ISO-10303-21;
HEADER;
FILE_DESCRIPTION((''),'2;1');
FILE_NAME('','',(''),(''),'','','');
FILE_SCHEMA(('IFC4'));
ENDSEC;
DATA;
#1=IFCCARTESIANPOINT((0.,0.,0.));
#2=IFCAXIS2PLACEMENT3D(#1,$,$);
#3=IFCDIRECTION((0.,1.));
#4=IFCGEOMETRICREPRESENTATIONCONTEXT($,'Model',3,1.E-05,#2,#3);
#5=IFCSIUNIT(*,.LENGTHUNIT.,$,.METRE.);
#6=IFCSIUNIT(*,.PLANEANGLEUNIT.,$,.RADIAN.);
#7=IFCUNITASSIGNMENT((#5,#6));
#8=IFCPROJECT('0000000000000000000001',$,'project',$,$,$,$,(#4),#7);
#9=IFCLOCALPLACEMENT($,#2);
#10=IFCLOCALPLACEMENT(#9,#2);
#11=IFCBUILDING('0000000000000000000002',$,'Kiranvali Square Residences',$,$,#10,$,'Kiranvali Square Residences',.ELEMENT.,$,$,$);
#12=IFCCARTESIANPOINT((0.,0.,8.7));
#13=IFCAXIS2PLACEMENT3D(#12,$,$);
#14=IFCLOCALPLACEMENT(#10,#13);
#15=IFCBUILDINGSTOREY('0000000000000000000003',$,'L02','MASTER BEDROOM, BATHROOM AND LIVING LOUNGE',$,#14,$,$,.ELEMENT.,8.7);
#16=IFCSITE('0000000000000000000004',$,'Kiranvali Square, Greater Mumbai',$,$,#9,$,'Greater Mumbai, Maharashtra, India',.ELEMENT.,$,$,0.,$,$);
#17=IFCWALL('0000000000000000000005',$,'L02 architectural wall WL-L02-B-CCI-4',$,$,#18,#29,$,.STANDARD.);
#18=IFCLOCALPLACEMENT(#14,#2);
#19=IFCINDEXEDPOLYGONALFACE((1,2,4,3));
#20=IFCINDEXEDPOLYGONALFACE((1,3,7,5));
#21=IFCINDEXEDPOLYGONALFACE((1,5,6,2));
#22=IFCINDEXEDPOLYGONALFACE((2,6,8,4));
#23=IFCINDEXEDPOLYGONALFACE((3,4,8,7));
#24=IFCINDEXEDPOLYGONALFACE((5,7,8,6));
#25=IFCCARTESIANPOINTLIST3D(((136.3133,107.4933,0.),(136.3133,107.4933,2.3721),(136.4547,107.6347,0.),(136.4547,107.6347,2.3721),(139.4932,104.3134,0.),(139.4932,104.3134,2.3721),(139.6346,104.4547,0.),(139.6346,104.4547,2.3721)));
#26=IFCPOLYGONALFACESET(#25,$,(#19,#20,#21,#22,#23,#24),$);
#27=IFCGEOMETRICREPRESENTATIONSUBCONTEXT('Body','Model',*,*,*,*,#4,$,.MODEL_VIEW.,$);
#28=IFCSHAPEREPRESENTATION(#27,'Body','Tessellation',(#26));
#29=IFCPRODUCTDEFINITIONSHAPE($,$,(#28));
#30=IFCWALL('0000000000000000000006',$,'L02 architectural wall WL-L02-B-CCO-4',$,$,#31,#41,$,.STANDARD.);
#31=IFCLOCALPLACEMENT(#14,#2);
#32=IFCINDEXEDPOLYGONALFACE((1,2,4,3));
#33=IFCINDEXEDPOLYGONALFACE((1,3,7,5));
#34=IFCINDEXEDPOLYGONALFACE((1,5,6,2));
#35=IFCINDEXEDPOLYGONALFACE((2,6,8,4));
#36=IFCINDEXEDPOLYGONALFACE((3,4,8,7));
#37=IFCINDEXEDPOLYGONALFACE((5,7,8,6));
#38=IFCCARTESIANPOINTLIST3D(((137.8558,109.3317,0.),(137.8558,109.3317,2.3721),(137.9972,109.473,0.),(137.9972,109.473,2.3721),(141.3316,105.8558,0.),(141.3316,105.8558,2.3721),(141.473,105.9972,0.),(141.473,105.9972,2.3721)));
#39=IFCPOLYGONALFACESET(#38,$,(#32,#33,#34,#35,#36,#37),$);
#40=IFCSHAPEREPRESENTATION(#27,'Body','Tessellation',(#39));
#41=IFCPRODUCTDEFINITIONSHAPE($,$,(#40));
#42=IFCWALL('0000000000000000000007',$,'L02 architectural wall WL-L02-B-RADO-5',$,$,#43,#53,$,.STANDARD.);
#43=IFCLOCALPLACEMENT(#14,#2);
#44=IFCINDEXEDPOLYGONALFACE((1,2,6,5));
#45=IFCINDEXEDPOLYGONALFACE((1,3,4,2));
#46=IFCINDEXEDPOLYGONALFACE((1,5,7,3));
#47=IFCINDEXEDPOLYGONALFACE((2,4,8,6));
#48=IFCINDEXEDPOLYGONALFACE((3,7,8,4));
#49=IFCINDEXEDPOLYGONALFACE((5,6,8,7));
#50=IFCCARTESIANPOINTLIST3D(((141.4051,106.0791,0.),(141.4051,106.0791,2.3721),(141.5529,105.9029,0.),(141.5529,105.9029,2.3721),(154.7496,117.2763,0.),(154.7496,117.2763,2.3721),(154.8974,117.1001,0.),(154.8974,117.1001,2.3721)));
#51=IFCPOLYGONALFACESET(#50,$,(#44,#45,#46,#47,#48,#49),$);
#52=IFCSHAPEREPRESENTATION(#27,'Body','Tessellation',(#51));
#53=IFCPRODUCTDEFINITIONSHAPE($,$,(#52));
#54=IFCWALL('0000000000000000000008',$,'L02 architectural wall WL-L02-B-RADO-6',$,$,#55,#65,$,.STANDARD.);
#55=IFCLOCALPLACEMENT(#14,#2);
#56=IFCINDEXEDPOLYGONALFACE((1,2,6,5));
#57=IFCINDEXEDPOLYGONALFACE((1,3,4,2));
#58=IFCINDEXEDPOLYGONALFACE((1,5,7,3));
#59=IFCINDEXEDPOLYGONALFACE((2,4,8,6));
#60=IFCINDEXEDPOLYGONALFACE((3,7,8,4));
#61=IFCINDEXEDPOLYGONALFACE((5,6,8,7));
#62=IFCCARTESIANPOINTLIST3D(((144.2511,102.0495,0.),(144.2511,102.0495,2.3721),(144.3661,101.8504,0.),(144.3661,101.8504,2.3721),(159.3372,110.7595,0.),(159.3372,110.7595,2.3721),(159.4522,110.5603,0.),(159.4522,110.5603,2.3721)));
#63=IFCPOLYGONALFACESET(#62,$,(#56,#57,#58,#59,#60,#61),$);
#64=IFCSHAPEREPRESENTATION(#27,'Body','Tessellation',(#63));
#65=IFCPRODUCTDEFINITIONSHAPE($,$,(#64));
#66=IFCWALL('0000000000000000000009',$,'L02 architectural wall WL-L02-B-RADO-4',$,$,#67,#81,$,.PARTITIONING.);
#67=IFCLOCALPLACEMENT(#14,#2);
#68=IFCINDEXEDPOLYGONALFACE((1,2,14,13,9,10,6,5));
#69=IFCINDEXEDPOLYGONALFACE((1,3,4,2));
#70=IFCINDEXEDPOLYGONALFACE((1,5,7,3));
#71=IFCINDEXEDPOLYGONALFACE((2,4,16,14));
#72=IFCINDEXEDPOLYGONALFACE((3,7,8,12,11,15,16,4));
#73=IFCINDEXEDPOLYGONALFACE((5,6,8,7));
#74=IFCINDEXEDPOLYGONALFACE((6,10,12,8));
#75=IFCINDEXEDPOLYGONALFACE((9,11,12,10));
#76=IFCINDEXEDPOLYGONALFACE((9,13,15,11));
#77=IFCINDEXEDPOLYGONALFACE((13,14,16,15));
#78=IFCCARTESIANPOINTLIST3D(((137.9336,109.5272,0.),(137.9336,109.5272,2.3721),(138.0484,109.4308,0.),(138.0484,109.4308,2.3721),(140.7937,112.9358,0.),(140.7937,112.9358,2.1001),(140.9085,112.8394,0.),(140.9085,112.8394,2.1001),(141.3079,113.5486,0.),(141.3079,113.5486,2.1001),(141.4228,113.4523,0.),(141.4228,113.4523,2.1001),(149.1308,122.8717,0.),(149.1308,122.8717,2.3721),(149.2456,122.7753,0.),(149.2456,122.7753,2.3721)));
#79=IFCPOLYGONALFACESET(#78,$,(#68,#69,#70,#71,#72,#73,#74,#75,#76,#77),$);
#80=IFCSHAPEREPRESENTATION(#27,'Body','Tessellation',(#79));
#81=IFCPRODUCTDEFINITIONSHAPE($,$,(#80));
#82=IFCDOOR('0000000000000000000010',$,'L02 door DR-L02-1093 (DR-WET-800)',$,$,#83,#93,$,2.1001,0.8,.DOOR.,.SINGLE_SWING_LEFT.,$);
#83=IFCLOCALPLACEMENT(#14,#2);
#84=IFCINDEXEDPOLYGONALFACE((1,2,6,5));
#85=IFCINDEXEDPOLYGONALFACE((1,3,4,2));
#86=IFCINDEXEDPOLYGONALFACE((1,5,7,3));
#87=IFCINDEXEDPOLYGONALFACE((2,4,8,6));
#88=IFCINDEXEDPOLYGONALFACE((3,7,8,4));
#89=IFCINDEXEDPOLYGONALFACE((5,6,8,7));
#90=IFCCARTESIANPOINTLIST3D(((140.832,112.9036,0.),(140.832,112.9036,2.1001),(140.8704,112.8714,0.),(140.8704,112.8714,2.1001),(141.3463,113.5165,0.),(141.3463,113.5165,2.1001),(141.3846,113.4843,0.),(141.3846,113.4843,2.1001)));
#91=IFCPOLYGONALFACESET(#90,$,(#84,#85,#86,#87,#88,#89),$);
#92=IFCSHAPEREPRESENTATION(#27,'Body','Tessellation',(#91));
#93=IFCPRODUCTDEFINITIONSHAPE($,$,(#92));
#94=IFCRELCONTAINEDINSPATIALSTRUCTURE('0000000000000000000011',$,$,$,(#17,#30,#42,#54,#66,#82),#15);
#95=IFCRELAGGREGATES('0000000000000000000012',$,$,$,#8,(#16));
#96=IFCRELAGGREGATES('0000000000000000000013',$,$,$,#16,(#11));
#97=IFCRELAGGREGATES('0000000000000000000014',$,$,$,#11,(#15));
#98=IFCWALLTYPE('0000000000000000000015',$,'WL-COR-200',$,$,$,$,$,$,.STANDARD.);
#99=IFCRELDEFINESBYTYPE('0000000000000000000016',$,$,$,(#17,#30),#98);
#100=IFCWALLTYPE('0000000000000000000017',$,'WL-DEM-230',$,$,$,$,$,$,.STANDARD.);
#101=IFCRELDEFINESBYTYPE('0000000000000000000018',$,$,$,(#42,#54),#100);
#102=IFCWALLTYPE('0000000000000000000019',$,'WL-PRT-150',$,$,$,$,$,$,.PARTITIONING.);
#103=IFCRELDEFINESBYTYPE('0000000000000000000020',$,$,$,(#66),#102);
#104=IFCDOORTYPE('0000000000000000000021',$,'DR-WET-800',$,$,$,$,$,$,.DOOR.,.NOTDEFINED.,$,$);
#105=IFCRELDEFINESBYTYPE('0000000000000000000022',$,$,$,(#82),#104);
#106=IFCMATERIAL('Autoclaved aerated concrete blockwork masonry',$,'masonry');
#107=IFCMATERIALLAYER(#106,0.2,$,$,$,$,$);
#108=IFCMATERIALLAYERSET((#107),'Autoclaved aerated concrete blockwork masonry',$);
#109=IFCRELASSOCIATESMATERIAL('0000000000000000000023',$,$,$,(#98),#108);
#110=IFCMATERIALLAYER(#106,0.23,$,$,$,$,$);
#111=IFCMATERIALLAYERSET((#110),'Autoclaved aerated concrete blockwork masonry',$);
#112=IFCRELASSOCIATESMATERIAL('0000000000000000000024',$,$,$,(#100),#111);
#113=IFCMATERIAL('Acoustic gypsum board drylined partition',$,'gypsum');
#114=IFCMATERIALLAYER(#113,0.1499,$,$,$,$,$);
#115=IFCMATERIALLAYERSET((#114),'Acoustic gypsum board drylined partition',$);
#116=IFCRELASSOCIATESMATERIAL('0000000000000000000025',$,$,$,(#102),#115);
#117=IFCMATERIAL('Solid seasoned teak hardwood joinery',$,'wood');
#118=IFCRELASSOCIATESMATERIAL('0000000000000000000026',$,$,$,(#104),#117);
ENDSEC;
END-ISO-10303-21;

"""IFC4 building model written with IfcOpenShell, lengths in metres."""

from ifc_helpers import new_model, si_unit, direction, frame, frame_2d, origin, place, context, subcontext, project, spatial, rectangle, extrude, material, layer, layer_set, type_object, element, fill, save


model = new_model("IFC4")

# Units and contexts
model_context = context("Model", 3, precision=1e-05, world=origin(), true_north=direction((0.0, 1.0)))
body_context = subcontext(model_context, "Body", "Model", "MODEL_VIEW")
ifc_project = project(units=[si_unit("LENGTHUNIT", "METRE"), si_unit("PLANEANGLEUNIT", "RADIAN")], contexts=[model_context])

# Site, building, storey
site_placement = place(None, origin())
site = spatial("IfcSite", under=ifc_project, at=site_placement, Name="Kiranvali Square, Greater Mumbai", LongName="Greater Mumbai, Maharashtra, India", CompositionType="ELEMENT", RefElevation=0.0)
building_placement = place(site_placement, origin())
building = spatial("IfcBuilding", under=site, at=building_placement, Name="Kiranvali Square Residences", LongName="Kiranvali Square Residences", CompositionType="ELEMENT")
storey_placement = place(building_placement, frame((0.0, 0.0, 8.7)))
storey = spatial("IfcBuildingStorey", under=building, at=storey_placement, Name="L02", Description="MASTER BEDROOM, BATHROOM AND LIVING LOUNGE", CompositionType="ELEMENT", Elevation=8.7)

# Walls
ifc_material_1 = material(Name="Autoclaved aerated concrete blockwork masonry", Category="masonry")
ifc_layer_1 = layer(ifc_material_1, 0.2)
ifc_layer_set_1 = layer_set([ifc_layer_1], Name="Autoclaved aerated concrete blockwork masonry")
wall_type_1 = type_object("IfcWallType", Name="WL-COR-200", PredefinedType="STANDARD", material=ifc_layer_set_1)
wall_1_placement = place(storey_placement, frame((136.384, 107.564, 0.0), z_axis=(0.0, 0.0, 1.0), x_axis=(0.707107, -0.707107, 0.0)))
element("IfcWall", 1, at=wall_1_placement, inside=storey, type_object=wall_type_1, Name="L02 architectural wall WL-L02-B-CCI-4", PredefinedType="STANDARD", context=body_context, shape_type="SweptSolid", body=[
    extrude(rectangle(XDim=4.4971, YDim=0.2, at=frame_2d((2.2485, 0.0))), origin(), (0.0, 0.0, 1.0), 2.3721),
])
wall_2_placement = place(storey_placement, frame((137.9265, 109.4023, 0.0), z_axis=(0.0, 0.0, 1.0), x_axis=(0.707107, -0.707107, 0.0)))
element("IfcWall", 2, at=wall_2_placement, inside=storey, type_object=wall_type_1, Name="L02 architectural wall WL-L02-B-CCO-4", PredefinedType="STANDARD", context=body_context, shape_type="SweptSolid", body=[
    extrude(rectangle(XDim=4.9155, YDim=0.2, at=frame_2d((2.4578, 0.0))), origin(), (0.0, 0.0, 1.0), 2.3721),
])

# Walls
ifc_layer_2 = layer(ifc_material_1, 0.23)
ifc_layer_set_2 = layer_set([ifc_layer_2], Name="Autoclaved aerated concrete blockwork masonry")
wall_type_2 = type_object("IfcWallType", Name="WL-DEM-230", PredefinedType="STANDARD", material=ifc_layer_set_2)
for number, where, z_axis, x_axis, name in (
    (3, (141.479, 105.991, 0.0), (0.0, 0.0, 1.0), (0.766047, 0.642785, 0.0), "L02 architectural wall WL-L02-B-RADO-5"),
    (4, (144.3086, 101.95, 0.0), (0.0, 0.0, 1.0), (0.866027, 0.499998, 0.0), "L02 architectural wall WL-L02-B-RADO-6"),
):
    element("IfcWall", number, at=place(storey_placement, frame(where, z_axis=z_axis, x_axis=x_axis)), inside=storey, type_object=wall_type_2, Name=name, PredefinedType="STANDARD", context=body_context, shape_type="SweptSolid", body=[
        extrude(rectangle(XDim=17.4199, YDim=0.23, at=frame_2d((8.71, 0.0))), origin(), (0.0, 0.0, 1.0), 2.3721),
    ])

# Wall, opening, door
ifc_material_2 = material(Name="Acoustic gypsum board drylined partition", Category="gypsum")
ifc_layer_3 = layer(ifc_material_2, 0.1499)
ifc_layer_set_3 = layer_set([ifc_layer_3], Name="Acoustic gypsum board drylined partition")
wall_type_3 = type_object("IfcWallType", Name="WL-PRT-150", PredefinedType="PARTITIONING", material=ifc_layer_set_3)
wall_3_placement = place(storey_placement, frame((137.991, 109.479, 0.0), z_axis=(0.0, 0.0, 1.0), x_axis=(0.642785, 0.766047, 0.0)))
wall_3 = element("IfcWall", 5, at=wall_3_placement, inside=storey, type_object=wall_type_3, Name="L02 architectural wall WL-L02-B-RADO-4", PredefinedType="PARTITIONING", context=body_context, shape_type="SweptSolid", body=[
    extrude(rectangle(XDim=17.4199, YDim=0.1499, at=frame_2d((8.71, 0.0))), origin(), (0.0, 0.0, 1.0), 2.3721),
])
opening_1_placement = place(wall_3_placement, frame((4.4497, 0.0, 0.0)))
opening_1 = element("IfcOpeningElement", 6, at=opening_1_placement, cuts=wall_3, PredefinedType="OPENING", context=body_context, shape_type="SweptSolid", body=[
    extrude(rectangle(XDim=0.8, YDim=2.1001, at=frame_2d((0.3999, 1.05))), frame((0.0, 0.085, 0.0), z_axis=(0.0, -1.0, 0.0), x_axis=(1.0, 0.0, 0.0)), (0.0, 0.0, 1.0), 0.1699),
])
ifc_material_3 = material(Name="Solid seasoned teak hardwood joinery", Category="wood")
door_type_1 = type_object("IfcDoorType", Name="DR-WET-800", OperationType="NOTDEFINED", PredefinedType="DOOR", material=ifc_material_3)
door_1_placement = place(opening_1_placement, origin())
door_1 = element("IfcDoor", 7, at=door_1_placement, inside=storey, type_object=door_type_1, Name="L02 door DR-L02-1093 (DR-WET-800)", OperationType="SINGLE_SWING_LEFT", OverallHeight=2.1001, OverallWidth=0.8, PredefinedType="DOOR", context=body_context, shape_type="SweptSolid", body=[
    extrude(rectangle(XDim=0.8, YDim=2.1001, at=frame_2d((0.3999, 1.05))), frame((0.0, 0.0249, 0.0), z_axis=(0.0, -1.0, 0.0), x_axis=(1.0, 0.0, 0.0)), (0.0, 0.0, 1.0), 0.05),
])
fill(opening_1, door_1)

save(model, "model.ifc")
